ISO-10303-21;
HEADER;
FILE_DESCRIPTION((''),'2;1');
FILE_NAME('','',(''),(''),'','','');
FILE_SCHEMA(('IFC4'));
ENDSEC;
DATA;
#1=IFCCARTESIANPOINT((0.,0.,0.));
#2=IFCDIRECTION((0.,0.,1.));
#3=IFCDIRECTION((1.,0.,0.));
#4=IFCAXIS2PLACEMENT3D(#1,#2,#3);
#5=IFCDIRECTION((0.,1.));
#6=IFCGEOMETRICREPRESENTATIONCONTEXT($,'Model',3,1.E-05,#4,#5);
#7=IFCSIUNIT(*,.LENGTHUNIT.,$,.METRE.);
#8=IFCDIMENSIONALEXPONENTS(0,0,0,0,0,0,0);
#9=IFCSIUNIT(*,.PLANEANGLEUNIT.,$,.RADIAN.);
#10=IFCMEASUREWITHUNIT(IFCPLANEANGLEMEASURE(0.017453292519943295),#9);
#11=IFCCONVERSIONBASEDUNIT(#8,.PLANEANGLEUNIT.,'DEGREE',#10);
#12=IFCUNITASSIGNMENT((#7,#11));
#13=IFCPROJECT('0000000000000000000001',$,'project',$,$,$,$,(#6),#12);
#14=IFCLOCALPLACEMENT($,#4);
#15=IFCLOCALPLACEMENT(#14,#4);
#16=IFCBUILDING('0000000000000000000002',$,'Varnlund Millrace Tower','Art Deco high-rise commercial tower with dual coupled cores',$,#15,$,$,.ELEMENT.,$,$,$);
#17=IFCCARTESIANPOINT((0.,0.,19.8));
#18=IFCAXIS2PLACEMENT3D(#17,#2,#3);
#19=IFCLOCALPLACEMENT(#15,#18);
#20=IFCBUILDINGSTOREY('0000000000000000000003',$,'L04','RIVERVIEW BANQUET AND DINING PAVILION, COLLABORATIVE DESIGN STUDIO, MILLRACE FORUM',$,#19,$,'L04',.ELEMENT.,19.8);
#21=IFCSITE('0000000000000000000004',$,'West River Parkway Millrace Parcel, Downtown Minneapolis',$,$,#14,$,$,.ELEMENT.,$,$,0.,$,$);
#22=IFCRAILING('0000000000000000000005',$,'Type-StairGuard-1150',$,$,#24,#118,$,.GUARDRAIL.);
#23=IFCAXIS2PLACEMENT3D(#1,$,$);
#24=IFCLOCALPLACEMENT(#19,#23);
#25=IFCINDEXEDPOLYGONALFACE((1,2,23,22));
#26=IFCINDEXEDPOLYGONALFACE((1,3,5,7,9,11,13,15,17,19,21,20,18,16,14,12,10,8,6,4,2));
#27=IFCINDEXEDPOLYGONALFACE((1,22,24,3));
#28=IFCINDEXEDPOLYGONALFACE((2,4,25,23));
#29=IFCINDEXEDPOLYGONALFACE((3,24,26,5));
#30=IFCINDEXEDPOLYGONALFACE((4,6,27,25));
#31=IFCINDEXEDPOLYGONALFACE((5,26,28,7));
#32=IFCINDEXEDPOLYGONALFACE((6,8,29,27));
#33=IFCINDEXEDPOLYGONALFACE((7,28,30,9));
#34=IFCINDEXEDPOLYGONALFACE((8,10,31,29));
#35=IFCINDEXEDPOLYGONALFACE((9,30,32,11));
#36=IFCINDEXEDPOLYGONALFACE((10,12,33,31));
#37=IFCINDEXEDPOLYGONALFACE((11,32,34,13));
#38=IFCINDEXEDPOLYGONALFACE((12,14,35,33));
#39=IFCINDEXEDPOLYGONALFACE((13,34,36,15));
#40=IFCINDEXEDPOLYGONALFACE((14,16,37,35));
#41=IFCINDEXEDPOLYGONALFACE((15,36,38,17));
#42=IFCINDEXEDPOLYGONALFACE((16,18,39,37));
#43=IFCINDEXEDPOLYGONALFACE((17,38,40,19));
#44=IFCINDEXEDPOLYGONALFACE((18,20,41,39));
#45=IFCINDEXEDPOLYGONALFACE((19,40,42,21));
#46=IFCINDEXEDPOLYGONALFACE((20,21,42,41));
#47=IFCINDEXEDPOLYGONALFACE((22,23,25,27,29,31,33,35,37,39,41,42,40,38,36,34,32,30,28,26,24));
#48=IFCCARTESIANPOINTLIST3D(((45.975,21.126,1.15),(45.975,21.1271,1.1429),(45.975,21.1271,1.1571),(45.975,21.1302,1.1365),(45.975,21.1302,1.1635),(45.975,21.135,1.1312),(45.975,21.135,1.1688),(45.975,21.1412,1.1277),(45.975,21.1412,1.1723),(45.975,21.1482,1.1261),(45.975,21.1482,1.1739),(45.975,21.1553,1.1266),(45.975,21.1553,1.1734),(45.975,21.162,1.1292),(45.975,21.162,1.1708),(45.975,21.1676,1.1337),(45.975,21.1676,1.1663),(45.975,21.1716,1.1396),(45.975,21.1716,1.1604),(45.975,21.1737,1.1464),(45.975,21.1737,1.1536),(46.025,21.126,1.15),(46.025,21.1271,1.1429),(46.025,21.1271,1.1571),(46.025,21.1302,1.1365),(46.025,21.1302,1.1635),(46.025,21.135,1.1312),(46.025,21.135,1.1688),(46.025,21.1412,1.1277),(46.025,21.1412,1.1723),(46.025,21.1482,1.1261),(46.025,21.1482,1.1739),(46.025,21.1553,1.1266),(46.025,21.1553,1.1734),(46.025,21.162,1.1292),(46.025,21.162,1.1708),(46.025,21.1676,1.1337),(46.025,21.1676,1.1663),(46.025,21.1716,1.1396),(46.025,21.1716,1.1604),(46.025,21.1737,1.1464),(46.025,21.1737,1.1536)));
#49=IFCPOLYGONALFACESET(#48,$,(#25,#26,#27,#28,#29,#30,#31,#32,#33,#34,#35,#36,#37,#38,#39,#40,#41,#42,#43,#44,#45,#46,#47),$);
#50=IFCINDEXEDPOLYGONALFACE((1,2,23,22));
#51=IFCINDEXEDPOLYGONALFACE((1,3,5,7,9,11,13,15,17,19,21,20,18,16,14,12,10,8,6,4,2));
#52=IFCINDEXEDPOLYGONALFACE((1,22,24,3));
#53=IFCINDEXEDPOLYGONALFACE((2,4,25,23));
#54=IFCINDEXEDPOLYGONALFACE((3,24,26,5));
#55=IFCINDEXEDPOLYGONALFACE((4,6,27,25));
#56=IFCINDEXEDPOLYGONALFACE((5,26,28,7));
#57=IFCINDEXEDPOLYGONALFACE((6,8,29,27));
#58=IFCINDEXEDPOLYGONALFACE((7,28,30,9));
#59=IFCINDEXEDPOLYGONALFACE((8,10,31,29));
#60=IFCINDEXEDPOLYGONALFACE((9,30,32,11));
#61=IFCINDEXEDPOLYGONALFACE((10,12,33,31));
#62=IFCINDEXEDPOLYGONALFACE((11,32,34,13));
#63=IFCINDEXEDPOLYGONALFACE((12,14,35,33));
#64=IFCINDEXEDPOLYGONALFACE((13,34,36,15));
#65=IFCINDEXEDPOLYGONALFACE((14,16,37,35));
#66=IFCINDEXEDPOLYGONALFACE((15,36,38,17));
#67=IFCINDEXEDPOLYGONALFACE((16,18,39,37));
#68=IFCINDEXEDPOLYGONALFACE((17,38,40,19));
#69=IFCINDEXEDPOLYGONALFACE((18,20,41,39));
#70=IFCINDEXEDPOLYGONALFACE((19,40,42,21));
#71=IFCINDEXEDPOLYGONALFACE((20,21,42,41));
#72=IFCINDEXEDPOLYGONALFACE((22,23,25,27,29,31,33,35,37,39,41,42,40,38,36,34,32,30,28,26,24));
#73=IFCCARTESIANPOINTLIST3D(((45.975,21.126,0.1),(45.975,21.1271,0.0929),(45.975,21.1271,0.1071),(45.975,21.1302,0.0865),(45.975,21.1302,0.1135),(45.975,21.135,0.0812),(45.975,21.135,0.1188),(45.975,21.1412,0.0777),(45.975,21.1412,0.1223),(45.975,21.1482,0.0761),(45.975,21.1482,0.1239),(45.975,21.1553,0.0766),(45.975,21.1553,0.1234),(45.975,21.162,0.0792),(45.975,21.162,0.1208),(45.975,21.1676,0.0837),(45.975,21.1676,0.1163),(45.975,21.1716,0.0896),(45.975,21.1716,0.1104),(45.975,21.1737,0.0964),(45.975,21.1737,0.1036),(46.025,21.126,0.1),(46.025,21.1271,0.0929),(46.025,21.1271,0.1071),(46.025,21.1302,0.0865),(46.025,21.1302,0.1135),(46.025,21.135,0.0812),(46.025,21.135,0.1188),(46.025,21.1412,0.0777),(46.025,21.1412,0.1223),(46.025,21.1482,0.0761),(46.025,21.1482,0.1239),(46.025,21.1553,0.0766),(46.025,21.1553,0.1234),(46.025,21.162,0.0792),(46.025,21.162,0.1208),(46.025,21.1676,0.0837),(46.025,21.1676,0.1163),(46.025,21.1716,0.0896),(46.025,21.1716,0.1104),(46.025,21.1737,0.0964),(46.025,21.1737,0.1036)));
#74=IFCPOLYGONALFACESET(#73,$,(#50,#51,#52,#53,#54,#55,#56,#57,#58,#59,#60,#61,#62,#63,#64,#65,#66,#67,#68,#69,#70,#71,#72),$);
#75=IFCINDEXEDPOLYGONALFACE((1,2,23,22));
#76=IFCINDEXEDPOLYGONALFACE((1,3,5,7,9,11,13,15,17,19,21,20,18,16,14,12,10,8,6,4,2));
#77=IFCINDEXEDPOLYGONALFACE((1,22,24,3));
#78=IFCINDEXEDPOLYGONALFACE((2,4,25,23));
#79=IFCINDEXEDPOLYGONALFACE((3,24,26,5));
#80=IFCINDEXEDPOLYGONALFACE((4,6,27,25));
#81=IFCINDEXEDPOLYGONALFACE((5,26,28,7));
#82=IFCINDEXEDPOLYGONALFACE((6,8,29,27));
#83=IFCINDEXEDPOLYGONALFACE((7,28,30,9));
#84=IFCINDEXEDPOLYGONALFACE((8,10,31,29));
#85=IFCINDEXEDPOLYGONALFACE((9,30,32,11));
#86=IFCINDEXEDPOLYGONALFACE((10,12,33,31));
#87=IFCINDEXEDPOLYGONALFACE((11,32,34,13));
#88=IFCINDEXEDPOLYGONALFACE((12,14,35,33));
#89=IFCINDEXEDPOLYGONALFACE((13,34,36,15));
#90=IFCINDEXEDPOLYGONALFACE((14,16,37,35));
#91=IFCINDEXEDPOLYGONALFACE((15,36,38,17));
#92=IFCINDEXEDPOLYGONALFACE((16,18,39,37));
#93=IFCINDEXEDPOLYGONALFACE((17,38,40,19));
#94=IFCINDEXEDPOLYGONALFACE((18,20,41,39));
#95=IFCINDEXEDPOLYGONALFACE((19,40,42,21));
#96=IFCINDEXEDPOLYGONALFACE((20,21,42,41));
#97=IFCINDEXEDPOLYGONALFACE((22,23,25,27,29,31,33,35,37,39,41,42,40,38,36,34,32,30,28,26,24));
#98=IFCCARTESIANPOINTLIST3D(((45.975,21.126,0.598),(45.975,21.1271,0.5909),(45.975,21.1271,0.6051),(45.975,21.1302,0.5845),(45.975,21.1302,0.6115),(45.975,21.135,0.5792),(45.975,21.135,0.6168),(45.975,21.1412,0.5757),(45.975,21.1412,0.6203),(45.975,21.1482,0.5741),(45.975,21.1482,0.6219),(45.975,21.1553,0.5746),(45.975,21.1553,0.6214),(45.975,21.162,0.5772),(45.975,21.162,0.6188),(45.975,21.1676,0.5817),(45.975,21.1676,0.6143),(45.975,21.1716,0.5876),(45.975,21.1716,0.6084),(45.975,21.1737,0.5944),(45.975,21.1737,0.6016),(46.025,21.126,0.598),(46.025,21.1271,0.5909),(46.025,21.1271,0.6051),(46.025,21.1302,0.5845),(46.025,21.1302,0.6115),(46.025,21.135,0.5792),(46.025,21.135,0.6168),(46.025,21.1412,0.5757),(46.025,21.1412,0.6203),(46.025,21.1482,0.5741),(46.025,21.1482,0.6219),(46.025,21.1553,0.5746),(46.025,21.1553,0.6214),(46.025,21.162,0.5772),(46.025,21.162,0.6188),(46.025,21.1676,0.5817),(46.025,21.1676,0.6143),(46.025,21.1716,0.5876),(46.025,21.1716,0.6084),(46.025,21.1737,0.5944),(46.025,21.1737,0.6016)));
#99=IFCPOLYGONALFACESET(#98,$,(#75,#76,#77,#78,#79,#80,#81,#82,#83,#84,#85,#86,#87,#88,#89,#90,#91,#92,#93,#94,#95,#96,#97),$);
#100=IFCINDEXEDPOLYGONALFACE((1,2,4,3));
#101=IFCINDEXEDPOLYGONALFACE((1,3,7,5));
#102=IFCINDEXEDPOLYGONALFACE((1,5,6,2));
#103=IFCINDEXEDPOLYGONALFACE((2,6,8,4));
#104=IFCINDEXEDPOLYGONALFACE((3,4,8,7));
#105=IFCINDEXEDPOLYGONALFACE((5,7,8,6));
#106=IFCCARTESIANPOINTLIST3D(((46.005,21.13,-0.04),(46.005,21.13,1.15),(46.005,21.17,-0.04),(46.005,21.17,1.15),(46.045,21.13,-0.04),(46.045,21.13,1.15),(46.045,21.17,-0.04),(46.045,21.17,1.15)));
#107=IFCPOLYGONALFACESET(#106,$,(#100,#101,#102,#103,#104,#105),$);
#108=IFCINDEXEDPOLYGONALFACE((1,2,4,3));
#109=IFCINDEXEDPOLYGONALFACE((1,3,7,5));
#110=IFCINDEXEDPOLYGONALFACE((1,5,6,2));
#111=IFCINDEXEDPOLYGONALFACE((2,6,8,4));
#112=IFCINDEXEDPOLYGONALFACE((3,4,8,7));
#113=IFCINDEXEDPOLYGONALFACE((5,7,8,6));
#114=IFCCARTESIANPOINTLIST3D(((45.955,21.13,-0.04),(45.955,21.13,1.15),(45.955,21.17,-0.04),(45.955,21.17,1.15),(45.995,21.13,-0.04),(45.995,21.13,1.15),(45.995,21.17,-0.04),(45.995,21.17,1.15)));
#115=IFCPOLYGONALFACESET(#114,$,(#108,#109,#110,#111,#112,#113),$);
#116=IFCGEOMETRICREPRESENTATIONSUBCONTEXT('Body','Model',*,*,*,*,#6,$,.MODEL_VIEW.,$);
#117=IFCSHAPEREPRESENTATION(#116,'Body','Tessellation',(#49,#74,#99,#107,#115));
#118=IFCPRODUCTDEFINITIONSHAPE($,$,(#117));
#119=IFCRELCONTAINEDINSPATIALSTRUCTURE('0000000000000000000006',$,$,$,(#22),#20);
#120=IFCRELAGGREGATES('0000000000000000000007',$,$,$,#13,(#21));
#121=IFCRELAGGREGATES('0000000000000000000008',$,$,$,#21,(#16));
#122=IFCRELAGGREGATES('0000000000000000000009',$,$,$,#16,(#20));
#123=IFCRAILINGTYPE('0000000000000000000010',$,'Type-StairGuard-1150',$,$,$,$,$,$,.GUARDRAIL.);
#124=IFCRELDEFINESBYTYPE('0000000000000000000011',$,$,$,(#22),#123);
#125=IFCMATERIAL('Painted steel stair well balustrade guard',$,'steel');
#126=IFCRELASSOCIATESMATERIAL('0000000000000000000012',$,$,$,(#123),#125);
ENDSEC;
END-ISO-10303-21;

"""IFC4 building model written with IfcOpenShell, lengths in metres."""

from ifc_helpers import new_model, entity, si_unit, converted_unit, direction, frame, origin_with_axes, origin_2d_with_axis, place, context, subcontext, project, spatial, rectangle, circle, extrude, material, type_object, element, save


model = new_model("IFC4")

# Units and contexts
model_context = context("Model", 3, precision=1e-05, world=origin_with_axes(), true_north=direction((0.0, 1.0)))
body_context = subcontext(model_context, "Body", "Model", "MODEL_VIEW")
ifc_project = project(units=[si_unit("LENGTHUNIT", "METRE"), converted_unit("PLANEANGLEUNIT", "DEGREE", entity("IfcPlaneAngleMeasure", 0.017453292519943295), si_unit("PLANEANGLEUNIT", "RADIAN"), dimensions=[0, 0, 0, 0, 0, 0, 0])], contexts=[model_context])

# Site, building, storey
site_placement = place(None, origin_with_axes())
site = spatial("IfcSite", under=ifc_project, at=site_placement, Name="West River Parkway Millrace Parcel, Downtown Minneapolis", CompositionType="ELEMENT", RefElevation=0.0)
building_placement = place(site_placement, origin_with_axes())
building = spatial("IfcBuilding", under=site, at=building_placement, Name="Varnlund Millrace Tower", Description="Art Deco high-rise commercial tower with dual coupled cores", CompositionType="ELEMENT")
storey_placement = place(building_placement, frame((0.0, 0.0, 19.8), z_axis=(0.0, 0.0, 1.0), x_axis=(1.0, 0.0, 0.0)))
storey = spatial("IfcBuildingStorey", under=building, at=storey_placement, Name="L04", Description="RIVERVIEW BANQUET AND DINING PAVILION, COLLABORATIVE DESIGN STUDIO, MILLRACE FORUM", LongName="L04", CompositionType="ELEMENT", Elevation=19.8)

# Railing
ifc_material_1 = material(Name="Painted steel stair well balustrade guard", Category="steel")
railing_type_1 = type_object("IfcRailingType", Name="Type-StairGuard-1150", PredefinedType="GUARDRAIL", material=ifc_material_1)
railing_1_placement = place(storey_placement, frame((0.0, 0.0, -19.8), z_axis=(0.0, 0.0, 1.0), x_axis=(1.0, 0.0, 0.0)))
element("IfcRailing", 1, at=railing_1_placement, inside=storey, type_object=railing_type_1, Name="Type-StairGuard-1150", PredefinedType="GUARDRAIL", context=body_context, shape_type="SweptSolid", body=[
    extrude(circle(Radius=0.024, at=origin_2d_with_axis()), frame((46.025, 21.15, 20.95), z_axis=(-1.0, 0.0, 0.0), x_axis=(0.0, -1.0, 0.0)), (0.0, 0.0, 1.0), 0.05),
    extrude(circle(Radius=0.024, at=origin_2d_with_axis()), frame((46.025, 21.15, 19.9), z_axis=(-1.0, 0.0, 0.0), x_axis=(0.0, -1.0, 0.0)), (0.0, 0.0, 1.0), 0.05),
    extrude(circle(Radius=0.024, at=origin_2d_with_axis()), frame((46.025, 21.15, 20.398), z_axis=(-1.0, 0.0, 0.0), x_axis=(0.0, -1.0, 0.0)), (0.0, 0.0, 1.0), 0.05),
    extrude(rectangle(XDim=0.04, YDim=0.04, at=origin_2d_with_axis()), frame((46.025, 21.15, 19.76), z_axis=(0.0, 0.0, 1.0), x_axis=(1.0, 0.0, 0.0)), (0.0, 0.0, 1.0), 1.19),
    extrude(rectangle(XDim=0.04, YDim=0.04, at=origin_2d_with_axis()), frame((45.975, 21.15, 19.76), z_axis=(0.0, 0.0, 1.0), x_axis=(1.0, 0.0, 0.0)), (0.0, 0.0, 1.0), 1.19),
])

save(model, "model.ifc")
